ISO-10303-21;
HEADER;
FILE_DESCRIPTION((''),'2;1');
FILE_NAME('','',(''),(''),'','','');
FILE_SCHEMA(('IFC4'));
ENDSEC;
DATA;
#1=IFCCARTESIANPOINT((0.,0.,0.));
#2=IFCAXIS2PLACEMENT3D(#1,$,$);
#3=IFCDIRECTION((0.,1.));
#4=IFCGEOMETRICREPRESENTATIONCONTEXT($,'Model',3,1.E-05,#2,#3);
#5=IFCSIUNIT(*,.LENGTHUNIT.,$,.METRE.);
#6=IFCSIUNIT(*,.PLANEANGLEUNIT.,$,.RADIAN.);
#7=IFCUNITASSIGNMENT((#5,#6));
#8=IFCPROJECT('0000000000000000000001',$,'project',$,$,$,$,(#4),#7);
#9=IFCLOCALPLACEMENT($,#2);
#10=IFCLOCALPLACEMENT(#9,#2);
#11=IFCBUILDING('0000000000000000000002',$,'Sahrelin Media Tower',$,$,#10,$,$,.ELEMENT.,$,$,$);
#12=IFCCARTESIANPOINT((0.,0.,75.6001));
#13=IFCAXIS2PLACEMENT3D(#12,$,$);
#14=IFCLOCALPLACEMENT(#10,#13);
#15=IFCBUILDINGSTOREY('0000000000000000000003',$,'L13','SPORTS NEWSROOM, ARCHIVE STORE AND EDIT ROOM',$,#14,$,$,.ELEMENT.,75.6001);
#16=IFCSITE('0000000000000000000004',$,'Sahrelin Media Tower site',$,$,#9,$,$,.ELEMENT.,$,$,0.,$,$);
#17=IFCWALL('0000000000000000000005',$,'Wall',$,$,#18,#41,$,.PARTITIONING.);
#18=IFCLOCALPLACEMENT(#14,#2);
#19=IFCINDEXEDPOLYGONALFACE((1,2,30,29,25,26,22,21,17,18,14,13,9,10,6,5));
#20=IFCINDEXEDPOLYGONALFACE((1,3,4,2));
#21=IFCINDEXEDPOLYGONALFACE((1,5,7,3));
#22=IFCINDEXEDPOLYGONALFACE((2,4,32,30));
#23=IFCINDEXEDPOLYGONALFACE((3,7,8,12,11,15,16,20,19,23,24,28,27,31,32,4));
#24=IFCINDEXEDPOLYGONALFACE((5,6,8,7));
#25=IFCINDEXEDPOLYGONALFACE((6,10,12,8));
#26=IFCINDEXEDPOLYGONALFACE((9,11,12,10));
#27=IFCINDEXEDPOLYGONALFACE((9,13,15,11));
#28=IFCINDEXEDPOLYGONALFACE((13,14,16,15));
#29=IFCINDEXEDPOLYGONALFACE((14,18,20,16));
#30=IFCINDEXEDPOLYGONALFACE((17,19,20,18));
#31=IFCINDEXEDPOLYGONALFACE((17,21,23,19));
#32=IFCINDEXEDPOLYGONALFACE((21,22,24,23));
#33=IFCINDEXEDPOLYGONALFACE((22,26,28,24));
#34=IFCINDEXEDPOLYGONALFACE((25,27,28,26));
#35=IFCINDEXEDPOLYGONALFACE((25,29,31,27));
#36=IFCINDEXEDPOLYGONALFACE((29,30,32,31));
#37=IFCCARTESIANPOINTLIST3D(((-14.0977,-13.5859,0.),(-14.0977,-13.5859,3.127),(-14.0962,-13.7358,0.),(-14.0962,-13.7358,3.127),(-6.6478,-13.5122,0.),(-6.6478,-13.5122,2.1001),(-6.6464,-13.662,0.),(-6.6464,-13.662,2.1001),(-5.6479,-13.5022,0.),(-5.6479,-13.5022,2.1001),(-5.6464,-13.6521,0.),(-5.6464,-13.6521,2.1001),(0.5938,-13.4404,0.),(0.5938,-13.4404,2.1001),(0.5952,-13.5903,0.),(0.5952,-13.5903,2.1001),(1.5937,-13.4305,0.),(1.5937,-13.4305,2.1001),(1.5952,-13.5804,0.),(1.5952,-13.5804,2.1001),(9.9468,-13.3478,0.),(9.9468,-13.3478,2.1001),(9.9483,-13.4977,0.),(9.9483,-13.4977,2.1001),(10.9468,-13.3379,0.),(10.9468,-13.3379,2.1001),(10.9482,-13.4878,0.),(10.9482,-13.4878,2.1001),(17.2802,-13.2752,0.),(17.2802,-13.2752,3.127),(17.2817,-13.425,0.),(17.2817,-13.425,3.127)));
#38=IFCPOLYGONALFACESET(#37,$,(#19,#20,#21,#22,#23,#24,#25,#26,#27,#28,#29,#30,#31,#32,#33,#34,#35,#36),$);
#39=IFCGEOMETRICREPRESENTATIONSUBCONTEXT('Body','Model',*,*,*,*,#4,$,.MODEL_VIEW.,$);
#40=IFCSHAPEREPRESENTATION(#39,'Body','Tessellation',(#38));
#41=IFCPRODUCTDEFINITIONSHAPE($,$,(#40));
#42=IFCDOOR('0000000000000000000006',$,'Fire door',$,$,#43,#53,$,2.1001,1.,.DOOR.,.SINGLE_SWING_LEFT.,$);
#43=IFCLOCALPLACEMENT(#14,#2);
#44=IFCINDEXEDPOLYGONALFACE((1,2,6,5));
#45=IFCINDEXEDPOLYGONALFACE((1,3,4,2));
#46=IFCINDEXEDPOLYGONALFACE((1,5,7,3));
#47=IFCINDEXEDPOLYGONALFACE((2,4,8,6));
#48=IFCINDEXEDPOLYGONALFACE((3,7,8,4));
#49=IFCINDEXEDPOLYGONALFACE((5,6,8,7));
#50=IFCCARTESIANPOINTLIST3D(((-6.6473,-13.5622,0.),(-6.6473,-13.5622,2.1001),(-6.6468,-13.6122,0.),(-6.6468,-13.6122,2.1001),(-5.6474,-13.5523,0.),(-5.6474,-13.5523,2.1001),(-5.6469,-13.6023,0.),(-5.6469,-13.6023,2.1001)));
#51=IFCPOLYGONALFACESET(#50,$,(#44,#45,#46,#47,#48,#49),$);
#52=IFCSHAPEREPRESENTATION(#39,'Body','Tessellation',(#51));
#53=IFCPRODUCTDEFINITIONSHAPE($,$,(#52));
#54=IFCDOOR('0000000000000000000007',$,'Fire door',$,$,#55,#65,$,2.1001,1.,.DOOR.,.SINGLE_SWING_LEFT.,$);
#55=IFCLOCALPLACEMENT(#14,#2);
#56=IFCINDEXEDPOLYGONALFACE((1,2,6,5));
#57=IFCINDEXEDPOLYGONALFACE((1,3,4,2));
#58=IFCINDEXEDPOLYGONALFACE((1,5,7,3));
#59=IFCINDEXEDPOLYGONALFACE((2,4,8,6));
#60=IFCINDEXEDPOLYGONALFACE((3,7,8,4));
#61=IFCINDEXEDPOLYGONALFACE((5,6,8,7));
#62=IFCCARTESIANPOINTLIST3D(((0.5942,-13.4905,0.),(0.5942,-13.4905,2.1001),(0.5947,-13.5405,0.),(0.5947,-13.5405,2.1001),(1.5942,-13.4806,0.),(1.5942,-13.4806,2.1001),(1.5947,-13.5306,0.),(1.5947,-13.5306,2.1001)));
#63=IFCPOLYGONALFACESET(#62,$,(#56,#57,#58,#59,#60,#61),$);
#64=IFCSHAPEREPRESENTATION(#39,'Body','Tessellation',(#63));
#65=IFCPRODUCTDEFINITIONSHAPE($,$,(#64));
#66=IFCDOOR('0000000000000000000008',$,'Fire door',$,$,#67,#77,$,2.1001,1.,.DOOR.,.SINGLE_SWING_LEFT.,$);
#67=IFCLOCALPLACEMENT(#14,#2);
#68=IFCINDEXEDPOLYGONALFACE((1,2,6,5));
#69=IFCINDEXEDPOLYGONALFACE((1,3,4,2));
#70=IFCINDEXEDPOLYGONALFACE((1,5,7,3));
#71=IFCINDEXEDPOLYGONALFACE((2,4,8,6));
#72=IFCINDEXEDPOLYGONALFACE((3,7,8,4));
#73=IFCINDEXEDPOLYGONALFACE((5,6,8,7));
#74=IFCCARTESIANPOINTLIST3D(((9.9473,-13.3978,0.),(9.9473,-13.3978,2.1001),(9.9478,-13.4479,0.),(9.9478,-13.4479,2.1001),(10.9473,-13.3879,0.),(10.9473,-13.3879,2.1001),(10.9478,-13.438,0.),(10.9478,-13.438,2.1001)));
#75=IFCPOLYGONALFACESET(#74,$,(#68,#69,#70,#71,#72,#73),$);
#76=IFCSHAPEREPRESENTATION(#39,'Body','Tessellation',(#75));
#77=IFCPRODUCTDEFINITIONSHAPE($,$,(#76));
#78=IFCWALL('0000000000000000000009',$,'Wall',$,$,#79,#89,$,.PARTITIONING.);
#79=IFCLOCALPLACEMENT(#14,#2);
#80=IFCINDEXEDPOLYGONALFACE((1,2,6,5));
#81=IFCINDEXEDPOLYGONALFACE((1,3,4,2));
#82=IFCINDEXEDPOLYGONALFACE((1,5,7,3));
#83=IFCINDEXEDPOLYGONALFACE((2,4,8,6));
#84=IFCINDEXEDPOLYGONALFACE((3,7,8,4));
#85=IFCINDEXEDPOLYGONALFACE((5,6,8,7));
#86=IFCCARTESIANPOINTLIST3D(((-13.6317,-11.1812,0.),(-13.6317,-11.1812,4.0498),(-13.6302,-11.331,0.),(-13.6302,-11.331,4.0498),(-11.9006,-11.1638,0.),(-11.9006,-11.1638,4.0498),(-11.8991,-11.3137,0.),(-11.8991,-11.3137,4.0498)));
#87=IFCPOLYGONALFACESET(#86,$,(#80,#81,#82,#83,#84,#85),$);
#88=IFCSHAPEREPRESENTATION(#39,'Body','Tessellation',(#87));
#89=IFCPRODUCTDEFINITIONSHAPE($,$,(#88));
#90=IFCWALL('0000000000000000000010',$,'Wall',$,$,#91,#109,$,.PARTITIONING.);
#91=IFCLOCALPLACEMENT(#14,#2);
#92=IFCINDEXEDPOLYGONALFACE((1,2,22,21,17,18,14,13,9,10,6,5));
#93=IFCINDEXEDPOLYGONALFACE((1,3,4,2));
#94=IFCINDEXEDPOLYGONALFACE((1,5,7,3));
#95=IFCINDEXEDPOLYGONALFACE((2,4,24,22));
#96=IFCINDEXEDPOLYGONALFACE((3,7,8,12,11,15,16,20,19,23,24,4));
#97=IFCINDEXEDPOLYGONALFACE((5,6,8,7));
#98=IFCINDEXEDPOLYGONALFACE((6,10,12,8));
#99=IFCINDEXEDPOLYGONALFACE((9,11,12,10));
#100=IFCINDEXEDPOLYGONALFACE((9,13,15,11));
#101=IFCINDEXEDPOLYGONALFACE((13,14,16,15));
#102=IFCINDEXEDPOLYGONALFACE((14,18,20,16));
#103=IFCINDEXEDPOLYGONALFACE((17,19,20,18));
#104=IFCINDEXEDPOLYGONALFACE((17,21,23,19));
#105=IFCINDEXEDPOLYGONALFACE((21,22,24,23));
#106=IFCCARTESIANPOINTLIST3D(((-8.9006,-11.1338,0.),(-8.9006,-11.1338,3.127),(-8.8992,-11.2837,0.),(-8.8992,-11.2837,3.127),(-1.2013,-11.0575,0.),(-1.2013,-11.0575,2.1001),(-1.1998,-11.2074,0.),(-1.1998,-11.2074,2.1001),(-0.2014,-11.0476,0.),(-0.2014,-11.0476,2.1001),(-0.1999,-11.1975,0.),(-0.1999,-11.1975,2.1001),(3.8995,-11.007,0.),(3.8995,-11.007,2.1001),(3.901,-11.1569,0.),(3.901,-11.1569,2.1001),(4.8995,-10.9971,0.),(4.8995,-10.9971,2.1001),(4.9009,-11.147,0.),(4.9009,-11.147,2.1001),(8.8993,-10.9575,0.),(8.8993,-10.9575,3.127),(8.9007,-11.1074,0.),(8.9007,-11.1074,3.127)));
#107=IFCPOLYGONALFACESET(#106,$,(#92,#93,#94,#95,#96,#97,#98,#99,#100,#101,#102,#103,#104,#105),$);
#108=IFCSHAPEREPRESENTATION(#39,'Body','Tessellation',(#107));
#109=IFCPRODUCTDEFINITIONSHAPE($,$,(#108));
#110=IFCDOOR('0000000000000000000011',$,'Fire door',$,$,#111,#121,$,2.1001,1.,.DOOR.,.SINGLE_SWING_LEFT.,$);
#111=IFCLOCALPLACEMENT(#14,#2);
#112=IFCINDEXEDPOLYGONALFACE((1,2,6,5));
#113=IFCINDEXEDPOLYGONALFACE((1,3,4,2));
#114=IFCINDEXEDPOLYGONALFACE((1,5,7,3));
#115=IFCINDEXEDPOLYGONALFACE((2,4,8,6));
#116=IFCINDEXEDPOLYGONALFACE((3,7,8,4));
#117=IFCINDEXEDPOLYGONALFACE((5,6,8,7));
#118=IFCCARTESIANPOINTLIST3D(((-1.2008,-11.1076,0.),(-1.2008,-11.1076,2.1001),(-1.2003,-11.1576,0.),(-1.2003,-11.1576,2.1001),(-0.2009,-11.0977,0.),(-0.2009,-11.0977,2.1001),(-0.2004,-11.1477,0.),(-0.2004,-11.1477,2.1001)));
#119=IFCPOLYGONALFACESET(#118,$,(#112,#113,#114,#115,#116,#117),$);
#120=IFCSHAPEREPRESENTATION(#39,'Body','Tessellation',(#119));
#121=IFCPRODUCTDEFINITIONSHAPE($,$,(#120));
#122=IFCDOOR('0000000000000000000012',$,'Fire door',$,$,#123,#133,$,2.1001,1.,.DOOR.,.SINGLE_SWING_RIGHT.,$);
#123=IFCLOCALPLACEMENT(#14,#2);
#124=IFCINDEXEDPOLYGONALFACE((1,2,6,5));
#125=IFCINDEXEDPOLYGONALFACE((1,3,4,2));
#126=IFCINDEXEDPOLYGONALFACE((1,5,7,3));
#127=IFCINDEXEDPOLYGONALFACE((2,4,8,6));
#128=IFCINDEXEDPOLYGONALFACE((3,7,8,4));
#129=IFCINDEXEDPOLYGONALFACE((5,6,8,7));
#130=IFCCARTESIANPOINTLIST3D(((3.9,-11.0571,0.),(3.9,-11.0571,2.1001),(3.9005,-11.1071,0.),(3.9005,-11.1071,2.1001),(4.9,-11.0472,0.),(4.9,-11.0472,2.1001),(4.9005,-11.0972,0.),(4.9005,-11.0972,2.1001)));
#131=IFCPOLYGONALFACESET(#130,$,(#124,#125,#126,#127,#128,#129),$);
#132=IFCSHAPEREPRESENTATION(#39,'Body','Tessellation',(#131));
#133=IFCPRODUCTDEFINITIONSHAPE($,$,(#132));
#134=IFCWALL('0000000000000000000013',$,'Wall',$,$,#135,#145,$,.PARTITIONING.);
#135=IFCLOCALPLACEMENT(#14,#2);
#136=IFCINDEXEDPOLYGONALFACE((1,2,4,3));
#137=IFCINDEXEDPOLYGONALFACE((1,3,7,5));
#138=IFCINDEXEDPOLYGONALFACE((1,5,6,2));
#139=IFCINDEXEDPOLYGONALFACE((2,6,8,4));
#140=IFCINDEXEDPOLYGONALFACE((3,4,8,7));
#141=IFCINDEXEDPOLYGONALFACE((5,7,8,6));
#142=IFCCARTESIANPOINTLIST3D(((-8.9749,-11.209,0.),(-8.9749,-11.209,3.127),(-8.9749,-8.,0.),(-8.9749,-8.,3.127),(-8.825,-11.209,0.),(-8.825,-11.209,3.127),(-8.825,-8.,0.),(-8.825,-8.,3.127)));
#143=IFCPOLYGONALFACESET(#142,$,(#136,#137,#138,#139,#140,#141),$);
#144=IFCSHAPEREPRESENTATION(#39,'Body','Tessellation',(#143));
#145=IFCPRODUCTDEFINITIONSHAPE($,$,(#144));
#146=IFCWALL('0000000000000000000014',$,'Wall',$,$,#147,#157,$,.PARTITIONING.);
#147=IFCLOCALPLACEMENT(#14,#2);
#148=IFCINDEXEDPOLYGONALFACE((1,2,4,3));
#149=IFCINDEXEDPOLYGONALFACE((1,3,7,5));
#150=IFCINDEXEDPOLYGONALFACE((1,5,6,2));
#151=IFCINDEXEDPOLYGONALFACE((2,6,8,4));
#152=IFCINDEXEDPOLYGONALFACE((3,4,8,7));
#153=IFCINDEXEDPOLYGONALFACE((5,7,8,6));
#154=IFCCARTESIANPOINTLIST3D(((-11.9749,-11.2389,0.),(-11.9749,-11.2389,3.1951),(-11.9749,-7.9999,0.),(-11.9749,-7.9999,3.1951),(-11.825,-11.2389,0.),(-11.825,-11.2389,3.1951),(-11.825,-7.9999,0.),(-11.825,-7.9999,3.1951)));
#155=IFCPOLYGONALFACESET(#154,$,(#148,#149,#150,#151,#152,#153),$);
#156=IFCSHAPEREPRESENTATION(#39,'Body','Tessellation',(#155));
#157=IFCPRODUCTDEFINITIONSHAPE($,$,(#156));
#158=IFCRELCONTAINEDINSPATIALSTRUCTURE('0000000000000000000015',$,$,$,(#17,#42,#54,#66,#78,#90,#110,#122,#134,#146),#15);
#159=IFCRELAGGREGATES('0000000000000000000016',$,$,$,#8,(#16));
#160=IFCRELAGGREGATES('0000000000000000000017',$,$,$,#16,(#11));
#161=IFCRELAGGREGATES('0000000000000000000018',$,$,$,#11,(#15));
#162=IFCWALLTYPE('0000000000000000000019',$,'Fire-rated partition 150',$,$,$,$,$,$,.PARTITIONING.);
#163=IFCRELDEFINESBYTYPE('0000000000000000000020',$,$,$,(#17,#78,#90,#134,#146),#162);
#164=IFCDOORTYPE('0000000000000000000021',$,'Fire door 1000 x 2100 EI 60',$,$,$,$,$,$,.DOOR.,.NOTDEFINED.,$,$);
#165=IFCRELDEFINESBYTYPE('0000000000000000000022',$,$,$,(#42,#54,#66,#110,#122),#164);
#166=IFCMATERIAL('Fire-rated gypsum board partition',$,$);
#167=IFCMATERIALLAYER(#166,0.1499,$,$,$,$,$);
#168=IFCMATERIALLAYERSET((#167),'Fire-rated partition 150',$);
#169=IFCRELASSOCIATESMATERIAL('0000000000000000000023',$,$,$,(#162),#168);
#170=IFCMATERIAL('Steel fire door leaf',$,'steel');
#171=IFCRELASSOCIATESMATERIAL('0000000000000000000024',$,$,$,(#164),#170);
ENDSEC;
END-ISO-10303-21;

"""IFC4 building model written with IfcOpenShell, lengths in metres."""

from ifc_helpers import new_model, si_unit, direction, frame, frame_2d, origin, place, context, subcontext, project, spatial, rectangle, extrude, material, layer, layer_set, type_object, element, fill, save


model = new_model("IFC4")

# Units and contexts
model_context = context("Model", 3, precision=1e-05, world=origin(), true_north=direction((0.0, 1.0)))
body_context = subcontext(model_context, "Body", "Model", "MODEL_VIEW")
ifc_project = project(units=[si_unit("LENGTHUNIT", "METRE"), si_unit("PLANEANGLEUNIT", "RADIAN")], contexts=[model_context])

# Site, building, storey
site_placement = place(None, origin())
site = spatial("IfcSite", under=ifc_project, at=site_placement, Name="Sahrelin Media Tower site", CompositionType="ELEMENT", RefElevation=0.0)
building_placement = place(site_placement, origin())
building = spatial("IfcBuilding", under=site, at=building_placement, Name="Sahrelin Media Tower", CompositionType="ELEMENT")
storey_placement = place(building_placement, frame((0.0, 0.0, 75.6001)))
storey = spatial("IfcBuildingStorey", under=building, at=storey_placement, Name="L13", Description="SPORTS NEWSROOM, ARCHIVE STORE AND EDIT ROOM", CompositionType="ELEMENT", Elevation=75.6001)

# Shared definitions
ifc_material_1 = material(Name="Fire-rated gypsum board partition")
ifc_layer_1 = layer(ifc_material_1, 0.1499)
ifc_layer_set_1 = layer_set([ifc_layer_1], Name="Fire-rated partition 150")
wall_type_1 = type_object("IfcWallType", Name="Fire-rated partition 150", PredefinedType="PARTITIONING", material=ifc_layer_set_1)
ifc_material_2 = material(Name="Steel fire door leaf", Category="steel")
door_type_1 = type_object("IfcDoorType", Name="Fire door 1000 x 2100 EI 60", OperationType="NOTDEFINED", PredefinedType="DOOR", material=ifc_material_2)

# Wall, openings, doors
wall_1_placement = place(storey_placement, frame((-14.0969, -13.6609, 0.0), z_axis=(0.0, 0.0, 1.0), x_axis=(0.999951, 0.009904, 0.0)))
wall_1 = element("IfcWall", 1, at=wall_1_placement, inside=storey, type_object=wall_type_1, Name="Wall", PredefinedType="PARTITIONING", context=body_context, shape_type="SweptSolid", body=[
    extrude(rectangle(XDim=31.3794, YDim=0.1499, at=frame_2d((15.6897, 0.0))), origin(), (0.0, 0.0, 1.0), 3.127),
])
opening_1_placement = place(wall_1_placement, frame((7.4502, 0.0, 0.0)))
opening_1 = element("IfcOpeningElement", 2, at=opening_1_placement, cuts=wall_1, PredefinedType="OPENING", context=body_context, shape_type="SweptSolid", body=[
    extrude(rectangle(XDim=1.0, YDim=2.1001, at=frame_2d((0.5, 1.05))), frame((0.0, 0.075, 0.0), z_axis=(0.0, -1.0, 0.0), x_axis=(1.0, 0.0, 0.0)), (0.0, 0.0, 1.0), 0.1499),
])
opening_2_placement = place(wall_1_placement, frame((14.6921, 0.0, 0.0)))
opening_2 = element("IfcOpeningElement", 3, at=opening_2_placement, cuts=wall_1, PredefinedType="OPENING", context=body_context, shape_type="SweptSolid", body=[
    extrude(rectangle(XDim=1.0, YDim=2.1001, at=frame_2d((0.5, 1.05))), frame((0.0, 0.075, 0.0), z_axis=(0.0, -1.0, 0.0), x_axis=(1.0, 0.0, 0.0)), (0.0, 0.0, 1.0), 0.1499),
])
opening_3_placement = place(wall_1_placement, frame((24.0457, 0.0, 0.0)))
opening_3 = element("IfcOpeningElement", 4, at=opening_3_placement, cuts=wall_1, PredefinedType="OPENING", context=body_context, shape_type="SweptSolid", body=[
    extrude(rectangle(XDim=1.0, YDim=2.1001, at=frame_2d((0.5, 1.05))), frame((0.0, 0.075, 0.0), z_axis=(0.0, -1.0, 0.0), x_axis=(1.0, 0.0, 0.0)), (0.0, 0.0, 1.0), 0.1499),
])
door_1_placement = place(opening_1_placement, origin())
door_1 = element("IfcDoor", 5, at=door_1_placement, inside=storey, type_object=door_type_1, Name="Fire door", OperationType="SINGLE_SWING_LEFT", OverallHeight=2.1001, OverallWidth=1.0, PredefinedType="DOOR", context=body_context, shape_type="SweptSolid", body=[
    extrude(rectangle(XDim=1.0, YDim=2.1001, at=frame_2d((0.5, 1.05))), frame((0.0, 0.0249, 0.0), z_axis=(0.0, -1.0, 0.0), x_axis=(1.0, 0.0, 0.0)), (0.0, 0.0, 1.0), 0.05),
])
fill(opening_1, door_1)
door_2_placement = place(opening_2_placement, origin())
door_2 = element("IfcDoor", 6, at=door_2_placement, inside=storey, type_object=door_type_1, Name="Fire door", OperationType="SINGLE_SWING_LEFT", OverallHeight=2.1001, OverallWidth=1.0, PredefinedType="DOOR", context=body_context, shape_type="SweptSolid", body=[
    extrude(rectangle(XDim=1.0, YDim=2.1001, at=frame_2d((0.5, 1.05))), frame((0.0, 0.0249, 0.0), z_axis=(0.0, -1.0, 0.0), x_axis=(1.0, 0.0, 0.0)), (0.0, 0.0, 1.0), 0.05),
])
fill(opening_2, door_2)
door_3_placement = place(opening_3_placement, origin())
door_3 = element("IfcDoor", 7, at=door_3_placement, inside=storey, type_object=door_type_1, Name="Fire door", OperationType="SINGLE_SWING_LEFT", OverallHeight=2.1001, OverallWidth=1.0, PredefinedType="DOOR", context=body_context, shape_type="SweptSolid", body=[
    extrude(rectangle(XDim=1.0, YDim=2.1001, at=frame_2d((0.5, 1.05))), frame((0.0, 0.0249, 0.0), z_axis=(0.0, -1.0, 0.0), x_axis=(1.0, 0.0, 0.0)), (0.0, 0.0, 1.0), 0.05),
])
fill(opening_3, door_3)

# Wall
wall_2_placement = place(storey_placement, frame((-13.6311, -11.2561, 0.0), z_axis=(0.0, 0.0, 1.0), x_axis=(0.99995, 0.010012, 0.0)))
element("IfcWall", 8, at=wall_2_placement, inside=storey, type_object=wall_type_1, Name="Wall", PredefinedType="PARTITIONING", context=body_context, shape_type="SweptSolid", body=[
    extrude(rectangle(XDim=1.7312, YDim=0.1499, at=frame_2d((0.8657, 0.0))), origin(), (0.0, 0.0, 1.0), 4.0498),
])

# Wall, openings, doors
wall_3_placement = place(storey_placement, frame((-8.8999, -11.2087, 0.0), z_axis=(0.0, 0.0, 1.0), x_axis=(0.999951, 0.009902, 0.0)))
wall_3 = element("IfcWall", 9, at=wall_3_placement, inside=storey, type_object=wall_type_1, Name="Wall", PredefinedType="PARTITIONING", context=body_context, shape_type="SweptSolid", body=[
    extrude(rectangle(XDim=17.8008, YDim=0.1499, at=frame_2d((8.9004, 0.0))), origin(), (0.0, 0.0, 1.0), 3.127),
])
opening_4_placement = place(wall_3_placement, frame((7.6997, 0.0, 0.0)))
opening_4 = element("IfcOpeningElement", 10, at=opening_4_placement, cuts=wall_3, PredefinedType="OPENING", context=body_context, shape_type="SweptSolid", body=[
    extrude(rectangle(XDim=1.0, YDim=2.1001, at=frame_2d((0.5, 1.05))), frame((0.0, 0.075, 0.0), z_axis=(0.0, -1.0, 0.0), x_axis=(1.0, 0.0, 0.0)), (0.0, 0.0, 1.0), 0.1499),
])
opening_5_placement = place(wall_3_placement, frame((12.8008, 0.0, 0.0)))
opening_5 = element("IfcOpeningElement", 11, at=opening_5_placement, cuts=wall_3, PredefinedType="OPENING", context=body_context, shape_type="SweptSolid", body=[
    extrude(rectangle(XDim=1.0, YDim=2.1001, at=frame_2d((0.5, 1.05))), frame((0.0, 0.075, 0.0), z_axis=(0.0, -1.0, 0.0), x_axis=(1.0, 0.0, 0.0)), (0.0, 0.0, 1.0), 0.1499),
])
door_4_placement = place(opening_4_placement, origin())
door_4 = element("IfcDoor", 12, at=door_4_placement, inside=storey, type_object=door_type_1, Name="Fire door", OperationType="SINGLE_SWING_LEFT", OverallHeight=2.1001, OverallWidth=1.0, PredefinedType="DOOR", context=body_context, shape_type="SweptSolid", body=[
    extrude(rectangle(XDim=1.0, YDim=2.1001, at=frame_2d((0.5, 1.05))), frame((0.0, 0.0249, 0.0), z_axis=(0.0, -1.0, 0.0), x_axis=(1.0, 0.0, 0.0)), (0.0, 0.0, 1.0), 0.05),
])
fill(opening_4, door_4)
door_5_placement = place(opening_5_placement, origin())
door_5 = element("IfcDoor", 13, at=door_5_placement, inside=storey, type_object=door_type_1, Name="Fire door", OperationType="SINGLE_SWING_RIGHT", OverallHeight=2.1001, OverallWidth=1.0, PredefinedType="DOOR", context=body_context, shape_type="SweptSolid", body=[
    extrude(rectangle(XDim=1.0, YDim=2.1001, at=frame_2d((0.5, 1.05))), frame((0.0, 0.0249, 0.0), z_axis=(0.0, -1.0, 0.0), x_axis=(1.0, 0.0, 0.0)), (0.0, 0.0, 1.0), 0.05),
])
fill(opening_5, door_5)

# Walls
wall_4_placement = place(storey_placement, frame((-8.8999, -11.209, 0.0), z_axis=(0.0, 0.0, 1.0), x_axis=(0.0, 1.0, 0.0)))
element("IfcWall", 14, at=wall_4_placement, inside=storey, type_object=wall_type_1, Name="Wall", PredefinedType="PARTITIONING", context=body_context, shape_type="SweptSolid", body=[
    extrude(rectangle(XDim=3.209, YDim=0.1499, at=frame_2d((1.6045, 0.0))), origin(), (0.0, 0.0, 1.0), 3.127),
])
wall_5_placement = place(storey_placement, frame((-11.8999, -11.239, 0.0), z_axis=(0.0, 0.0, 1.0), x_axis=(0.0, 1.0, 0.0)))
element("IfcWall", 15, at=wall_5_placement, inside=storey, type_object=wall_type_1, Name="Wall", PredefinedType="PARTITIONING", context=body_context, shape_type="SweptSolid", body=[
    extrude(rectangle(XDim=3.239, YDim=0.1499, at=frame_2d((1.6196, 0.0))), origin(), (0.0, 0.0, 1.0), 3.1951),
])

save(model, "model.ifc")
